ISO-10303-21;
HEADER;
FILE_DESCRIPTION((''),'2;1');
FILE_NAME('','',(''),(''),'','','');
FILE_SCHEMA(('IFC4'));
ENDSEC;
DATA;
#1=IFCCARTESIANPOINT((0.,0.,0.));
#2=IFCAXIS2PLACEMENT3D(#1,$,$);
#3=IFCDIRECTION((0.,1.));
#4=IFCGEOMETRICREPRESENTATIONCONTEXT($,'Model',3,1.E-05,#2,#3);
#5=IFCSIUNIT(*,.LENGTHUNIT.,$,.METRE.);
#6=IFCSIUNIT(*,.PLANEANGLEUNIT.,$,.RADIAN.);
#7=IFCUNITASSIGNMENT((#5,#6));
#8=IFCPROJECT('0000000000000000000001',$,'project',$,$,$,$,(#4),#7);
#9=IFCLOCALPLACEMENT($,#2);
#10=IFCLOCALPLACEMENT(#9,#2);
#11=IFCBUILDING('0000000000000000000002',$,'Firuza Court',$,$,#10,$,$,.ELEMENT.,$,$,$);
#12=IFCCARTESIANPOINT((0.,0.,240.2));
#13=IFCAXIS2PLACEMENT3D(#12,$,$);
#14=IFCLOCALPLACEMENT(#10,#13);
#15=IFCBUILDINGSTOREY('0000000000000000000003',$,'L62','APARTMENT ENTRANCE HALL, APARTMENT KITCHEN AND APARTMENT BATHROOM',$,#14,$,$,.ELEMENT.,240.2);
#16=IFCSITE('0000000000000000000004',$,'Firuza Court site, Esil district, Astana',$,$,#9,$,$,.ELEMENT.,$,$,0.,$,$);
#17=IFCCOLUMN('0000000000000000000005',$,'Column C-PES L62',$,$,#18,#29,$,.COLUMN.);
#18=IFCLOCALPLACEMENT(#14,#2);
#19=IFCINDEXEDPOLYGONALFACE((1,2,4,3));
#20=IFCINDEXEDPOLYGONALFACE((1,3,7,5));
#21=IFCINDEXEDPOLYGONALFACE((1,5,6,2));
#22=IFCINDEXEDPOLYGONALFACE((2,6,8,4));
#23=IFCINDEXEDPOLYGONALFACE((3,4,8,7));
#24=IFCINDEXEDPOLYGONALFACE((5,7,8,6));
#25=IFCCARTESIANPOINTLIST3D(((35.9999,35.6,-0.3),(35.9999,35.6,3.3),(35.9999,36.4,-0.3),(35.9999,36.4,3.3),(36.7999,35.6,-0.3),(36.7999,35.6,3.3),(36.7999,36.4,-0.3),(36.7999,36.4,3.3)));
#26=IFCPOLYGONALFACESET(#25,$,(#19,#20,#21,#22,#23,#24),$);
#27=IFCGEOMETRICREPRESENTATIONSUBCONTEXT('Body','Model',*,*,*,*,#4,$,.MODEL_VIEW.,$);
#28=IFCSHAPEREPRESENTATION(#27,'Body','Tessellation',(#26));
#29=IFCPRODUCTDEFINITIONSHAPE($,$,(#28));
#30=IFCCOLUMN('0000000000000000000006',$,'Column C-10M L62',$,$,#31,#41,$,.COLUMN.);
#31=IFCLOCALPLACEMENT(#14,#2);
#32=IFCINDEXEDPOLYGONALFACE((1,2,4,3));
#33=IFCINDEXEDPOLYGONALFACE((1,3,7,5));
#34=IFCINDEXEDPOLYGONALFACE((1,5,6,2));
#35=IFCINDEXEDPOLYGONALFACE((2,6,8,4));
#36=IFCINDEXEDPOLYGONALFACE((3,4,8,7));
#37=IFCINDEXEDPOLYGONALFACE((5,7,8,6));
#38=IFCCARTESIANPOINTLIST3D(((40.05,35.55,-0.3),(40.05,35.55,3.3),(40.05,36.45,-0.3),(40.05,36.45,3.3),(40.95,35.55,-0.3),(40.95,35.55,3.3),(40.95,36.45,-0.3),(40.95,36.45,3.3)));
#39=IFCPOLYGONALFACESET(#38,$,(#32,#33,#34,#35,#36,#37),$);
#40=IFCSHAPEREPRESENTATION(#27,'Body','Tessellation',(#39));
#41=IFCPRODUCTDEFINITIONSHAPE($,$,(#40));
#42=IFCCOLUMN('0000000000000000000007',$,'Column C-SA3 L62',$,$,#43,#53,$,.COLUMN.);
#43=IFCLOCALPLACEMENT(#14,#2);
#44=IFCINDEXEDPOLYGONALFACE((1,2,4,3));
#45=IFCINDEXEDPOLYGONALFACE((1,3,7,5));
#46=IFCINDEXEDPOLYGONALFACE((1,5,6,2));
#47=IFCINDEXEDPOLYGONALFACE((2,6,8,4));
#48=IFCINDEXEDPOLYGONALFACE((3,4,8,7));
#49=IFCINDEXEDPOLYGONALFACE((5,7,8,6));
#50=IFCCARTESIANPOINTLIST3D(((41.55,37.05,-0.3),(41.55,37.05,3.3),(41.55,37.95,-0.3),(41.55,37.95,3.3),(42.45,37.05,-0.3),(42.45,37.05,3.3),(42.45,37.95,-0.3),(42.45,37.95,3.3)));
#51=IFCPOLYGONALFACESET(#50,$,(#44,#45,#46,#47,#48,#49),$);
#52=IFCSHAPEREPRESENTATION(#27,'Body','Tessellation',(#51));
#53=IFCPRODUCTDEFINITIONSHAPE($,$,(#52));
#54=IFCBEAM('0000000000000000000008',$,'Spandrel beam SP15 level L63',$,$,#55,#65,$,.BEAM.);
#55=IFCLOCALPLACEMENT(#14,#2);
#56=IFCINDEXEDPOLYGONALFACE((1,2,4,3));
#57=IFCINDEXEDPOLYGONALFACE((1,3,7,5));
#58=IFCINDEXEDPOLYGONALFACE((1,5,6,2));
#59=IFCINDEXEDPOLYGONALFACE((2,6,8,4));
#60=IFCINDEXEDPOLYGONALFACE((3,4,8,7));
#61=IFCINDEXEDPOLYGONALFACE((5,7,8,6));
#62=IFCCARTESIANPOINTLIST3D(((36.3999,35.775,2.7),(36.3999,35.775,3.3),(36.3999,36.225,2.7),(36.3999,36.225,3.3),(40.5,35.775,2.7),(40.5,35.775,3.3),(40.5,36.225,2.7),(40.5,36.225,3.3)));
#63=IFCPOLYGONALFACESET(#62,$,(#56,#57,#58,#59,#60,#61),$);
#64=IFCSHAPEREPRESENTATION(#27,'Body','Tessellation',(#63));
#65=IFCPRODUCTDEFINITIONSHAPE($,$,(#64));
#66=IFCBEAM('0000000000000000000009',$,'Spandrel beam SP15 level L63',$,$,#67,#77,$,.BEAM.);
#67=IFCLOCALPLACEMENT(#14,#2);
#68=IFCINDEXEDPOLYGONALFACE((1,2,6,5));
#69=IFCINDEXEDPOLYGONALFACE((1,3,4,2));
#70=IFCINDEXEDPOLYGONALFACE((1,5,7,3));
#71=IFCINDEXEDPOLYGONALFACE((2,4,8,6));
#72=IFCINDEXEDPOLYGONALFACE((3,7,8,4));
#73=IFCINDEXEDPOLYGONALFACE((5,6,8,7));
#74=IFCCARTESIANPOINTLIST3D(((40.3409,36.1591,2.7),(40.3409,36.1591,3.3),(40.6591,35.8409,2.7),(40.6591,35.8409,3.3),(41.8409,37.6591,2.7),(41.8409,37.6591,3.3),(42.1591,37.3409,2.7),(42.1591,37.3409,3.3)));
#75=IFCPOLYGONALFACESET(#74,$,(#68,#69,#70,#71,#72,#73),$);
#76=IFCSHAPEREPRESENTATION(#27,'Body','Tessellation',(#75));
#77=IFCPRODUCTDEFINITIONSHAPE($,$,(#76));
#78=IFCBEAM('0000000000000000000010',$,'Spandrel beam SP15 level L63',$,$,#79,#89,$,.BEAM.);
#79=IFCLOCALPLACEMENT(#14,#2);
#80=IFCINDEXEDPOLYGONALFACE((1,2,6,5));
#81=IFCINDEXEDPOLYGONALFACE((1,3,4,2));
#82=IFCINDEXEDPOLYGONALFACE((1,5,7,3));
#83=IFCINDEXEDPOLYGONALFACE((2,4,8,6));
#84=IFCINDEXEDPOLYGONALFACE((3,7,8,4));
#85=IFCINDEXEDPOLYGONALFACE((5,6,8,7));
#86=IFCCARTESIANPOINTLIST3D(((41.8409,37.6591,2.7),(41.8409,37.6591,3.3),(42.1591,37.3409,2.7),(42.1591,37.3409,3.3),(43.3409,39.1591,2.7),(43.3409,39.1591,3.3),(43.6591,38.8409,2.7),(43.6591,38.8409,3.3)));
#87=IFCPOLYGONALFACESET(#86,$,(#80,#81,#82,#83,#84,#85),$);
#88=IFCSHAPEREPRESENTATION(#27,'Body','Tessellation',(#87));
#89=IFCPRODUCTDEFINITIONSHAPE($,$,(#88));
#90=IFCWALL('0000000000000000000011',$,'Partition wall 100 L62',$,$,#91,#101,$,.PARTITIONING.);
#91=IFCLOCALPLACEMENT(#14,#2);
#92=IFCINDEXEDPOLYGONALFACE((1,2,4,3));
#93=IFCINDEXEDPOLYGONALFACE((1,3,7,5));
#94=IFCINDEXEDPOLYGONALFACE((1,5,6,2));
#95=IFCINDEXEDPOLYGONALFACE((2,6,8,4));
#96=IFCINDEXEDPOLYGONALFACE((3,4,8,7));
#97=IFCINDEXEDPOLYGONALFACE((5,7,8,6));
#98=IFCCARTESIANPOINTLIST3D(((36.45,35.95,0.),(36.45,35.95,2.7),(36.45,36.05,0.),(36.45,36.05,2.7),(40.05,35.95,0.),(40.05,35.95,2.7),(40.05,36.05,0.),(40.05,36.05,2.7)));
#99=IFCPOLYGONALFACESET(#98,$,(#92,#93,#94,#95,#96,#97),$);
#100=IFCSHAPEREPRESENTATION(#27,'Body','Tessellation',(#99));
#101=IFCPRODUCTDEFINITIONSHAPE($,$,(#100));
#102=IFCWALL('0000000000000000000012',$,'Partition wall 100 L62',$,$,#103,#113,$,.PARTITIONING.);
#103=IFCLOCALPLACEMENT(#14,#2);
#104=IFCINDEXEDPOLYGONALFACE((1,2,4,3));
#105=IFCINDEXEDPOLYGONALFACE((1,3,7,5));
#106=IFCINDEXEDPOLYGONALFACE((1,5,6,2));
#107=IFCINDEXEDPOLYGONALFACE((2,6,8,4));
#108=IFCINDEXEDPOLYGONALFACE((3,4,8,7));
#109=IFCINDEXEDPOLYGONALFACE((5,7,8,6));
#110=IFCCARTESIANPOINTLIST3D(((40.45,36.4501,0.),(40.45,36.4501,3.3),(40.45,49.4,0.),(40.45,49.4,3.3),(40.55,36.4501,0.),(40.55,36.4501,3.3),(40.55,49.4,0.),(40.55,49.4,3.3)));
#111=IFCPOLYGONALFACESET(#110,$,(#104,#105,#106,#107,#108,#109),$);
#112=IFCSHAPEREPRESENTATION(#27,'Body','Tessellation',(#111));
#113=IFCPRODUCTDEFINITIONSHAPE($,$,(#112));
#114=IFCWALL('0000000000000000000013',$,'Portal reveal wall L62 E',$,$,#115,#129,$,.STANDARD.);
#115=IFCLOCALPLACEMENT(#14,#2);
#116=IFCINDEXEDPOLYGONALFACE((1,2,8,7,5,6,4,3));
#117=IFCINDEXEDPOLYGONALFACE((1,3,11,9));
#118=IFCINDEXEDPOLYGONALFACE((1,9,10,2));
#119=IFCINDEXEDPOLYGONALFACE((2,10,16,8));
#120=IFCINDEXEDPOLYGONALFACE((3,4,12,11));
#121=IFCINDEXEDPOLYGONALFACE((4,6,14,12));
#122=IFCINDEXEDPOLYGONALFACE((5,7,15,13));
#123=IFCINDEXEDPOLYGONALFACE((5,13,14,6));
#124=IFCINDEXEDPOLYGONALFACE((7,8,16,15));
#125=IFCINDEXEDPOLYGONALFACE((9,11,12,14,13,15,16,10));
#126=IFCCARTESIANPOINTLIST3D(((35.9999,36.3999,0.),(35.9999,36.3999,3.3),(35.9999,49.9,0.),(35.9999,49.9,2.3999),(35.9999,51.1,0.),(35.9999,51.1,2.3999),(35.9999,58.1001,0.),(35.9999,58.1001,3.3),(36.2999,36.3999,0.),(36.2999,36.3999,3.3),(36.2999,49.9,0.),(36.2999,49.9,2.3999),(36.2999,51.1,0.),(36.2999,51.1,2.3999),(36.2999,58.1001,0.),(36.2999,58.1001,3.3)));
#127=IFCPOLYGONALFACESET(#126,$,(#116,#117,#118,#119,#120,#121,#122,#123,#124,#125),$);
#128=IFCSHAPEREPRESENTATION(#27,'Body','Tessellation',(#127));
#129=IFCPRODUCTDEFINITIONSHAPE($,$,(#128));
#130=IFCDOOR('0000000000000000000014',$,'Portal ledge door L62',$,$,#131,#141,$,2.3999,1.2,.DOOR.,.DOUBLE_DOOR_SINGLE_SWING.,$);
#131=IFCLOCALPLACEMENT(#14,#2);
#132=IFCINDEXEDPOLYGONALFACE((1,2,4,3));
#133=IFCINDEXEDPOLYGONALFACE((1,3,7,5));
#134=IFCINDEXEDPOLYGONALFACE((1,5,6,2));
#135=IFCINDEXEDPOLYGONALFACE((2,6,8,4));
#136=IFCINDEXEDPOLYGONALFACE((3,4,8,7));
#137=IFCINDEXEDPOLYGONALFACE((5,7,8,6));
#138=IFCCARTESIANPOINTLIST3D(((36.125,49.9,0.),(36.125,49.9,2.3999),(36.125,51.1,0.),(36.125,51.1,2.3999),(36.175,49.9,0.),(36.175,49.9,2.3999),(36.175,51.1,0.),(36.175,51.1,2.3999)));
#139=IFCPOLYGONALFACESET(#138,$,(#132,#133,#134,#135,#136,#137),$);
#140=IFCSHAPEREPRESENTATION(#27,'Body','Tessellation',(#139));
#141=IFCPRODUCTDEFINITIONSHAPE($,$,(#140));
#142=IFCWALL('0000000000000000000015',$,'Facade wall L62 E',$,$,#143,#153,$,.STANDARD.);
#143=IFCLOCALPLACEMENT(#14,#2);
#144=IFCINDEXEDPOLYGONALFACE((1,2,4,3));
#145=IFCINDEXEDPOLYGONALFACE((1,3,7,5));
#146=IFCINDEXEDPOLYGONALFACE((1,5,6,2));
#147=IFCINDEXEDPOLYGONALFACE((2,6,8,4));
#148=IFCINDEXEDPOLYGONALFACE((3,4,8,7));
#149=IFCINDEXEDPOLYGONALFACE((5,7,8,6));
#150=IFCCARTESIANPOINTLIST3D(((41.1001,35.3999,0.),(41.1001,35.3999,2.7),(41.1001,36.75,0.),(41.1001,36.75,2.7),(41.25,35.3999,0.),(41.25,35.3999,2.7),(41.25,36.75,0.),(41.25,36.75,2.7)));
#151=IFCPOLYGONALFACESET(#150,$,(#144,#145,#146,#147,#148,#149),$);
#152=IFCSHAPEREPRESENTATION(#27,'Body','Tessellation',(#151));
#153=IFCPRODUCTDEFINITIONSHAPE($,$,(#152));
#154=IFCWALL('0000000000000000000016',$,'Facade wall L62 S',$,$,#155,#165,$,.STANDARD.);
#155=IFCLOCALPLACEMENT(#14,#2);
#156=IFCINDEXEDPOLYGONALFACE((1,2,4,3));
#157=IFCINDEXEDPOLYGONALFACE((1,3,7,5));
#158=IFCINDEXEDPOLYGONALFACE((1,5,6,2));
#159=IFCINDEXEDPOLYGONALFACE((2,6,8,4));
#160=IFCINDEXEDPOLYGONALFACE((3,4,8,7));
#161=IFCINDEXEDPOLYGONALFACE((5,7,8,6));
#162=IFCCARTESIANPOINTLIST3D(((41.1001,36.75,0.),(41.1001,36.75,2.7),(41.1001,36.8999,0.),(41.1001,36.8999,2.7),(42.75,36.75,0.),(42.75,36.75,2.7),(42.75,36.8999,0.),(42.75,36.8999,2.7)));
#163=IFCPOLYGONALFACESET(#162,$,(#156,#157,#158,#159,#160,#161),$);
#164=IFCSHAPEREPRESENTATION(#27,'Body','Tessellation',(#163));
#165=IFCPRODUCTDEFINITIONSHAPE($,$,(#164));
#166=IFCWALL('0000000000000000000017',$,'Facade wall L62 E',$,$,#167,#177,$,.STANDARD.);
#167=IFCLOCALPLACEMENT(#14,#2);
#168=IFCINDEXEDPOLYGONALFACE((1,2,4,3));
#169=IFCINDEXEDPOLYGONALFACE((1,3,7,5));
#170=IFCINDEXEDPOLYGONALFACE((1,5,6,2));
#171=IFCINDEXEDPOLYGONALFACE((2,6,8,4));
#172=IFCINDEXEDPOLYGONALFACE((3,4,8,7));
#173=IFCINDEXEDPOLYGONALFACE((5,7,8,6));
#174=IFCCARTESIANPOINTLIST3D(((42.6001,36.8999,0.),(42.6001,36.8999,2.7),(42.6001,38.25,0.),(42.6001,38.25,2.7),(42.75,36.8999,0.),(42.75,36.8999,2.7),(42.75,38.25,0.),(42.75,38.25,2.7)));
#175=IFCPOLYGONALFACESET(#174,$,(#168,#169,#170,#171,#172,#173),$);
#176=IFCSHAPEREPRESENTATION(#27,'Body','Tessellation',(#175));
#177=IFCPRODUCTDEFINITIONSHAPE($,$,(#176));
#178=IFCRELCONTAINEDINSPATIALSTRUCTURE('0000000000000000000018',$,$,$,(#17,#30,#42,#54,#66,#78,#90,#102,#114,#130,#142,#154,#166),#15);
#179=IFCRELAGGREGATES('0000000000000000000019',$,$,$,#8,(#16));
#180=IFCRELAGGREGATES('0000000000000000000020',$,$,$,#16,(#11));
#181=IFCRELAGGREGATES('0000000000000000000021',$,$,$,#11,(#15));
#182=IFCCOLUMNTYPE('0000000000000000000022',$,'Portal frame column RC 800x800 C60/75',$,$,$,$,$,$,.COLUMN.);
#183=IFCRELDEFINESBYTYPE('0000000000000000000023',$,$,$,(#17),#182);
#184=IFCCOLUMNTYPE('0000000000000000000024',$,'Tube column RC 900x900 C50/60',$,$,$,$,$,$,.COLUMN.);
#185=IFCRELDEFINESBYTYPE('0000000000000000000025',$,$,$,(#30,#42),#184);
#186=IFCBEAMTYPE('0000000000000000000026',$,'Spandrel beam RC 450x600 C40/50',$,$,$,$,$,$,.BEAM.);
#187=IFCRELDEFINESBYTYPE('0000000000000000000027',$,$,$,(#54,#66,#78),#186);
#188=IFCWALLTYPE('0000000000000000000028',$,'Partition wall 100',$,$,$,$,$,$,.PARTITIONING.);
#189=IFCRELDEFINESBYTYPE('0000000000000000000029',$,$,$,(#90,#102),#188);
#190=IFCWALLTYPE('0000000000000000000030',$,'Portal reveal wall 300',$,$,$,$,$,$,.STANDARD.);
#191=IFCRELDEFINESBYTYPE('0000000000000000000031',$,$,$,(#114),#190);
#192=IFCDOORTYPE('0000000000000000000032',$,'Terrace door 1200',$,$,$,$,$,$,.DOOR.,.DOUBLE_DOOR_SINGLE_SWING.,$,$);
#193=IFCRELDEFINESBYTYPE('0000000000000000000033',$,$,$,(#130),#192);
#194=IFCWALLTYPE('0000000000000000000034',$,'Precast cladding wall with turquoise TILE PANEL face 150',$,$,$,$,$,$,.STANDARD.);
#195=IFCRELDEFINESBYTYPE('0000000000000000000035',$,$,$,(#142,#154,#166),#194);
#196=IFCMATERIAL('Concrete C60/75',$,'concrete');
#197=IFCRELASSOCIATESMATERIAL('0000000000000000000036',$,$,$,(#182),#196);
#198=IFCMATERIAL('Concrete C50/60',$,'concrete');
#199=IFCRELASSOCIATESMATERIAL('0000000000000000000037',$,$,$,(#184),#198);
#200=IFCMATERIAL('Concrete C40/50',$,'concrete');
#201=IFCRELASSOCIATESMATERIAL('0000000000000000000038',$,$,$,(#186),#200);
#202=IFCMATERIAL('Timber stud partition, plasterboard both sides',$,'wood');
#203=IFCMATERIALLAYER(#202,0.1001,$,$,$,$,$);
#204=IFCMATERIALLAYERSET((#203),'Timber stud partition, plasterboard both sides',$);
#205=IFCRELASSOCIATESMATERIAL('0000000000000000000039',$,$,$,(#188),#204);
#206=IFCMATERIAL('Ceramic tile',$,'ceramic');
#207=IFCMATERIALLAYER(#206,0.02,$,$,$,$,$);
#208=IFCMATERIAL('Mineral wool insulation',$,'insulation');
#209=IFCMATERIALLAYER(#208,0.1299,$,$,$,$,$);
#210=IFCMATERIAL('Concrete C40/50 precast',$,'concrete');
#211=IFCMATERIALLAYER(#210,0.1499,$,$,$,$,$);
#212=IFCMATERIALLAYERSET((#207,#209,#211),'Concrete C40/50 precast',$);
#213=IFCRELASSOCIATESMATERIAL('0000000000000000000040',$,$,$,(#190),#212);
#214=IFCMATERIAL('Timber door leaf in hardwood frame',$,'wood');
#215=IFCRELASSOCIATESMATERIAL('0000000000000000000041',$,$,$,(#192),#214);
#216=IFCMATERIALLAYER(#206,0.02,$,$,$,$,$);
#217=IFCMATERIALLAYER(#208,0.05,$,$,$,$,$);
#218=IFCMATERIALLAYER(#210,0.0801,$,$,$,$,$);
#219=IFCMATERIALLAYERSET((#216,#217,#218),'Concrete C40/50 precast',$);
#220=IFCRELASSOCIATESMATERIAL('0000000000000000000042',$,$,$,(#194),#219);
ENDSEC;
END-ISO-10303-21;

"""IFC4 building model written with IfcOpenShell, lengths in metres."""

from ifc_helpers import new_model, si_unit, direction, frame, frame_2d, origin, origin_2d, place, context, subcontext, project, spatial, rectangle, extrude, material, layer, layer_set, material_profile, profile_set, type_object, element, fill, save


model = new_model("IFC4")

# Units and contexts
model_context = context("Model", 3, precision=1e-05, world=origin(), true_north=direction((0.0, 1.0)))
body_context = subcontext(model_context, "Body", "Model", "MODEL_VIEW")
ifc_project = project(units=[si_unit("LENGTHUNIT", "METRE"), si_unit("PLANEANGLEUNIT", "RADIAN")], contexts=[model_context])

# Site, building, storey
site_placement = place(None, origin())
site = spatial("IfcSite", under=ifc_project, at=site_placement, Name="Firuza Court site, Esil district, Astana", CompositionType="ELEMENT", RefElevation=0.0)
building_placement = place(site_placement, origin())
building = spatial("IfcBuilding", under=site, at=building_placement, Name="Firuza Court", CompositionType="ELEMENT")
storey_placement = place(building_placement, frame((0.0, 0.0, 240.2)))
storey = spatial("IfcBuildingStorey", under=building, at=storey_placement, Name="L62", Description="APARTMENT ENTRANCE HALL, APARTMENT KITCHEN AND APARTMENT BATHROOM", CompositionType="ELEMENT", Elevation=240.2)

# Columns
ifc_material_1 = material(Name="Concrete C60/75", Category="concrete")
ifc_material_profile_1 = material_profile(ifc_material_1, rectangle(XDim=0.8, YDim=0.8, at=origin_2d()), Name="RC 800x800")
ifc_profile_set_1 = profile_set([ifc_material_profile_1], Name="Concrete C60/75")
column_type_1 = type_object("IfcColumnType", Name="Portal frame column RC 800x800 C60/75", PredefinedType="COLUMN", material=ifc_profile_set_1)
column_placement = place(storey_placement, frame((36.3999, 36.0, -0.3), z_axis=(0.0, 0.0, 1.0), x_axis=(1.0, 0.0, 0.0)))
element("IfcColumn", 1, at=column_placement, inside=storey, type_object=column_type_1, Name="Column C-PES L62", PredefinedType="COLUMN", context=body_context, shape_type="SweptSolid", body=[
    extrude(rectangle(XDim=0.8, YDim=0.8, at=origin_2d()), origin(), (0.0, 0.0, 1.0), 3.6001),
])
ifc_material_2 = material(Name="Concrete C50/60", Category="concrete")
ifc_material_profile_2 = material_profile(ifc_material_2, rectangle(XDim=0.8999, YDim=0.8999, at=origin_2d()), Name="RC 900x900")
ifc_profile_set_2 = profile_set([ifc_material_profile_2], Name="Concrete C50/60")
column_type_2 = type_object("IfcColumnType", Name="Tube column RC 900x900 C50/60", PredefinedType="COLUMN", material=ifc_profile_set_2)
for number, where, z_axis, x_axis, name in (
    (2, (40.5, 36.0, -0.3), (0.0, 0.0, 1.0), (1.0, 0.0, 0.0), "Column C-10M L62"),
    (3, (42.0, 37.5, -0.3), (0.0, 0.0, 1.0), (1.0, 0.0, 0.0), "Column C-SA3 L62"),
):
    element("IfcColumn", number, at=place(storey_placement, frame(where, z_axis=z_axis, x_axis=x_axis)), inside=storey, type_object=column_type_2, Name=name, PredefinedType="COLUMN", context=body_context, shape_type="SweptSolid", body=[
        extrude(rectangle(XDim=0.8999, YDim=0.8999, at=origin_2d()), origin(), (0.0, 0.0, 1.0), 3.6001),
    ])

# Beams
ifc_material_3 = material(Name="Concrete C40/50", Category="concrete")
ifc_material_profile_3 = material_profile(ifc_material_3, rectangle(XDim=0.45, YDim=0.6001, at=origin_2d()), Name="RC 450x600")
ifc_profile_set_3 = profile_set([ifc_material_profile_3], Name="Concrete C40/50")
beam_type = type_object("IfcBeamType", Name="Spandrel beam RC 450x600 C40/50", PredefinedType="BEAM", material=ifc_profile_set_3)
beam_placement = place(storey_placement, frame((36.3999, 36.0, 3.0), z_axis=(1.0, 0.0, 0.0), x_axis=(0.0, 1.0, 0.0)))
element("IfcBeam", 4, at=beam_placement, inside=storey, type_object=beam_type, Name="Spandrel beam SP15 level L63", PredefinedType="BEAM", context=body_context, shape_type="SweptSolid", body=[
    extrude(rectangle(XDim=0.45, YDim=0.6001, at=origin_2d()), origin(), (0.0, 0.0, 1.0), 4.1001),
])
for number, where, z_axis, x_axis, name in (
    (5, (40.5, 36.0, 3.0), (0.707107, 0.707107, 0.0), (-0.707107, 0.707107, 0.0), "Spandrel beam SP15 level L63"),
    (6, (42.0, 37.5, 3.0), (0.707107, 0.707107, 0.0), (-0.707107, 0.707107, 0.0), "Spandrel beam SP15 level L63"),
):
    element("IfcBeam", number, at=place(storey_placement, frame(where, z_axis=z_axis, x_axis=x_axis)), inside=storey, type_object=beam_type, Name=name, PredefinedType="BEAM", context=body_context, shape_type="SweptSolid", body=[
        extrude(rectangle(XDim=0.45, YDim=0.6001, at=origin_2d()), origin(), (0.0, 0.0, 1.0), 2.1213),
    ])

# Walls
ifc_material_4 = material(Name="Timber stud partition, plasterboard both sides", Category="wood")
ifc_layer_1 = layer(ifc_material_4, 0.1001)
ifc_layer_set_1 = layer_set([ifc_layer_1], Name="Timber stud partition, plasterboard both sides")
wall_type_1 = type_object("IfcWallType", Name="Partition wall 100", PredefinedType="PARTITIONING", material=ifc_layer_set_1)
wall_1_placement = place(storey_placement, frame((36.45, 36.0, 0.0), z_axis=(0.0, 0.0, 1.0), x_axis=(1.0, 0.0, 0.0)))
element("IfcWall", 7, at=wall_1_placement, inside=storey, type_object=wall_type_1, Name="Partition wall 100 L62", PredefinedType="PARTITIONING", context=body_context, shape_type="SweptSolid", body=[
    extrude(rectangle(XDim=3.6001, YDim=0.1001, at=frame_2d((1.8, 0.0))), origin(), (0.0, 0.0, 1.0), 2.7),
])
wall_2_placement = place(storey_placement, frame((40.5, 36.45, 0.0), z_axis=(0.0, 0.0, 1.0), x_axis=(0.0, 1.0, 0.0)))
element("IfcWall", 8, at=wall_2_placement, inside=storey, type_object=wall_type_1, Name="Partition wall 100 L62", PredefinedType="PARTITIONING", context=body_context, shape_type="SweptSolid", body=[
    extrude(rectangle(XDim=12.95, YDim=0.1001, at=frame_2d((6.4751, 0.0))), origin(), (0.0, 0.0, 1.0), 3.3),
])

# Wall, opening, door
ifc_material_5 = material(Name="Ceramic tile", Category="ceramic")
ifc_layer_2 = layer(ifc_material_5, 0.02)
ifc_material_6 = material(Name="Mineral wool insulation", Category="insulation")
ifc_layer_3 = layer(ifc_material_6, 0.1299)
ifc_material_7 = material(Name="Concrete C40/50 precast", Category="concrete")
ifc_layer_4 = layer(ifc_material_7, 0.1499)
ifc_layer_set_2 = layer_set([ifc_layer_2, ifc_layer_3, ifc_layer_4], Name="Concrete C40/50 precast")
wall_type_2 = type_object("IfcWallType", Name="Portal reveal wall 300", PredefinedType="STANDARD", material=ifc_layer_set_2)
wall_3_placement = place(storey_placement, frame((36.1499, 36.3999, 0.0), z_axis=(0.0, 0.0, 1.0), x_axis=(0.0, 1.0, 0.0)))
wall_3 = element("IfcWall", 9, at=wall_3_placement, inside=storey, type_object=wall_type_2, Name="Portal reveal wall L62 E", PredefinedType="STANDARD", context=body_context, shape_type="SweptSolid", body=[
    extrude(rectangle(XDim=21.7002, YDim=0.3, at=frame_2d((10.8501, 0.0))), origin(), (0.0, 0.0, 1.0), 3.3),
])
opening_placement = place(wall_3_placement, frame((13.5, 0.0, 0.0)))
opening = element("IfcOpeningElement", 10, at=opening_placement, cuts=wall_3, PredefinedType="OPENING", context=body_context, shape_type="SweptSolid", body=[
    extrude(rectangle(XDim=1.2, YDim=2.3999, at=frame_2d((0.6001, 1.2))), frame((0.0, 0.1621, 0.0), z_axis=(0.0, -1.0, 0.0), x_axis=(1.0, 0.0, 0.0)), (0.0, 0.0, 1.0), 0.324),
])
ifc_material_8 = material(Name="Timber door leaf in hardwood frame", Category="wood")
door_type = type_object("IfcDoorType", Name="Terrace door 1200", OperationType="DOUBLE_DOOR_SINGLE_SWING", PredefinedType="DOOR", material=ifc_material_8)
door_placement = place(opening_placement, origin())
door = element("IfcDoor", 11, at=door_placement, inside=storey, type_object=door_type, Name="Portal ledge door L62", OperationType="DOUBLE_DOOR_SINGLE_SWING", OverallHeight=2.3999, OverallWidth=1.2, PredefinedType="DOOR", context=body_context, shape_type="SweptSolid", body=[
    extrude(rectangle(XDim=1.2, YDim=2.3999, at=frame_2d((0.6001, 1.2))), frame((0.0, 0.0249, 0.0), z_axis=(0.0, -1.0, 0.0), x_axis=(1.0, 0.0, 0.0)), (0.0, 0.0, 1.0), 0.05),
])
fill(opening, door)

# Walls
ifc_layer_5 = layer(ifc_material_5, 0.02)
ifc_layer_6 = layer(ifc_material_6, 0.05)
ifc_layer_7 = layer(ifc_material_7, 0.0801)
ifc_layer_set_3 = layer_set([ifc_layer_5, ifc_layer_6, ifc_layer_7], Name="Concrete C40/50 precast")
wall_type_3 = type_object("IfcWallType", Name="Precast cladding wall with turquoise TILE PANEL face 150", PredefinedType="STANDARD", material=ifc_layer_set_3)
wall_4_placement = place(storey_placement, frame((41.175, 35.3999, 0.0), z_axis=(0.0, 0.0, 1.0), x_axis=(0.0, 1.0, 0.0)))
element("IfcWall", 12, at=wall_4_placement, inside=storey, type_object=wall_type_3, Name="Facade wall L62 E", PredefinedType="STANDARD", context=body_context, shape_type="SweptSolid", body=[
    extrude(rectangle(XDim=1.3501, YDim=0.1499, at=frame_2d((0.675, 0.0))), origin(), (0.0, 0.0, 1.0), 2.7),
])
wall_5_placement = place(storey_placement, frame((41.1001, 36.825, 0.0), z_axis=(0.0, 0.0, 1.0), x_axis=(1.0, 0.0, 0.0)))
element("IfcWall", 13, at=wall_5_placement, inside=storey, type_object=wall_type_3, Name="Facade wall L62 S", PredefinedType="STANDARD", context=body_context, shape_type="SweptSolid", body=[
    extrude(rectangle(XDim=1.6499, YDim=0.1499, at=frame_2d((0.825, 0.0))), origin(), (0.0, 0.0, 1.0), 2.7),
])
wall_6_placement = place(storey_placement, frame((42.675, 36.8999, 0.0), z_axis=(0.0, 0.0, 1.0), x_axis=(0.0, 1.0, 0.0)))
element("IfcWall", 14, at=wall_6_placement, inside=storey, type_object=wall_type_3, Name="Facade wall L62 E", PredefinedType="STANDARD", context=body_context, shape_type="SweptSolid", body=[
    extrude(rectangle(XDim=1.3501, YDim=0.1499, at=frame_2d((0.675, 0.0))), origin(), (0.0, 0.0, 1.0), 2.7),
])

save(model, "model.ifc")
